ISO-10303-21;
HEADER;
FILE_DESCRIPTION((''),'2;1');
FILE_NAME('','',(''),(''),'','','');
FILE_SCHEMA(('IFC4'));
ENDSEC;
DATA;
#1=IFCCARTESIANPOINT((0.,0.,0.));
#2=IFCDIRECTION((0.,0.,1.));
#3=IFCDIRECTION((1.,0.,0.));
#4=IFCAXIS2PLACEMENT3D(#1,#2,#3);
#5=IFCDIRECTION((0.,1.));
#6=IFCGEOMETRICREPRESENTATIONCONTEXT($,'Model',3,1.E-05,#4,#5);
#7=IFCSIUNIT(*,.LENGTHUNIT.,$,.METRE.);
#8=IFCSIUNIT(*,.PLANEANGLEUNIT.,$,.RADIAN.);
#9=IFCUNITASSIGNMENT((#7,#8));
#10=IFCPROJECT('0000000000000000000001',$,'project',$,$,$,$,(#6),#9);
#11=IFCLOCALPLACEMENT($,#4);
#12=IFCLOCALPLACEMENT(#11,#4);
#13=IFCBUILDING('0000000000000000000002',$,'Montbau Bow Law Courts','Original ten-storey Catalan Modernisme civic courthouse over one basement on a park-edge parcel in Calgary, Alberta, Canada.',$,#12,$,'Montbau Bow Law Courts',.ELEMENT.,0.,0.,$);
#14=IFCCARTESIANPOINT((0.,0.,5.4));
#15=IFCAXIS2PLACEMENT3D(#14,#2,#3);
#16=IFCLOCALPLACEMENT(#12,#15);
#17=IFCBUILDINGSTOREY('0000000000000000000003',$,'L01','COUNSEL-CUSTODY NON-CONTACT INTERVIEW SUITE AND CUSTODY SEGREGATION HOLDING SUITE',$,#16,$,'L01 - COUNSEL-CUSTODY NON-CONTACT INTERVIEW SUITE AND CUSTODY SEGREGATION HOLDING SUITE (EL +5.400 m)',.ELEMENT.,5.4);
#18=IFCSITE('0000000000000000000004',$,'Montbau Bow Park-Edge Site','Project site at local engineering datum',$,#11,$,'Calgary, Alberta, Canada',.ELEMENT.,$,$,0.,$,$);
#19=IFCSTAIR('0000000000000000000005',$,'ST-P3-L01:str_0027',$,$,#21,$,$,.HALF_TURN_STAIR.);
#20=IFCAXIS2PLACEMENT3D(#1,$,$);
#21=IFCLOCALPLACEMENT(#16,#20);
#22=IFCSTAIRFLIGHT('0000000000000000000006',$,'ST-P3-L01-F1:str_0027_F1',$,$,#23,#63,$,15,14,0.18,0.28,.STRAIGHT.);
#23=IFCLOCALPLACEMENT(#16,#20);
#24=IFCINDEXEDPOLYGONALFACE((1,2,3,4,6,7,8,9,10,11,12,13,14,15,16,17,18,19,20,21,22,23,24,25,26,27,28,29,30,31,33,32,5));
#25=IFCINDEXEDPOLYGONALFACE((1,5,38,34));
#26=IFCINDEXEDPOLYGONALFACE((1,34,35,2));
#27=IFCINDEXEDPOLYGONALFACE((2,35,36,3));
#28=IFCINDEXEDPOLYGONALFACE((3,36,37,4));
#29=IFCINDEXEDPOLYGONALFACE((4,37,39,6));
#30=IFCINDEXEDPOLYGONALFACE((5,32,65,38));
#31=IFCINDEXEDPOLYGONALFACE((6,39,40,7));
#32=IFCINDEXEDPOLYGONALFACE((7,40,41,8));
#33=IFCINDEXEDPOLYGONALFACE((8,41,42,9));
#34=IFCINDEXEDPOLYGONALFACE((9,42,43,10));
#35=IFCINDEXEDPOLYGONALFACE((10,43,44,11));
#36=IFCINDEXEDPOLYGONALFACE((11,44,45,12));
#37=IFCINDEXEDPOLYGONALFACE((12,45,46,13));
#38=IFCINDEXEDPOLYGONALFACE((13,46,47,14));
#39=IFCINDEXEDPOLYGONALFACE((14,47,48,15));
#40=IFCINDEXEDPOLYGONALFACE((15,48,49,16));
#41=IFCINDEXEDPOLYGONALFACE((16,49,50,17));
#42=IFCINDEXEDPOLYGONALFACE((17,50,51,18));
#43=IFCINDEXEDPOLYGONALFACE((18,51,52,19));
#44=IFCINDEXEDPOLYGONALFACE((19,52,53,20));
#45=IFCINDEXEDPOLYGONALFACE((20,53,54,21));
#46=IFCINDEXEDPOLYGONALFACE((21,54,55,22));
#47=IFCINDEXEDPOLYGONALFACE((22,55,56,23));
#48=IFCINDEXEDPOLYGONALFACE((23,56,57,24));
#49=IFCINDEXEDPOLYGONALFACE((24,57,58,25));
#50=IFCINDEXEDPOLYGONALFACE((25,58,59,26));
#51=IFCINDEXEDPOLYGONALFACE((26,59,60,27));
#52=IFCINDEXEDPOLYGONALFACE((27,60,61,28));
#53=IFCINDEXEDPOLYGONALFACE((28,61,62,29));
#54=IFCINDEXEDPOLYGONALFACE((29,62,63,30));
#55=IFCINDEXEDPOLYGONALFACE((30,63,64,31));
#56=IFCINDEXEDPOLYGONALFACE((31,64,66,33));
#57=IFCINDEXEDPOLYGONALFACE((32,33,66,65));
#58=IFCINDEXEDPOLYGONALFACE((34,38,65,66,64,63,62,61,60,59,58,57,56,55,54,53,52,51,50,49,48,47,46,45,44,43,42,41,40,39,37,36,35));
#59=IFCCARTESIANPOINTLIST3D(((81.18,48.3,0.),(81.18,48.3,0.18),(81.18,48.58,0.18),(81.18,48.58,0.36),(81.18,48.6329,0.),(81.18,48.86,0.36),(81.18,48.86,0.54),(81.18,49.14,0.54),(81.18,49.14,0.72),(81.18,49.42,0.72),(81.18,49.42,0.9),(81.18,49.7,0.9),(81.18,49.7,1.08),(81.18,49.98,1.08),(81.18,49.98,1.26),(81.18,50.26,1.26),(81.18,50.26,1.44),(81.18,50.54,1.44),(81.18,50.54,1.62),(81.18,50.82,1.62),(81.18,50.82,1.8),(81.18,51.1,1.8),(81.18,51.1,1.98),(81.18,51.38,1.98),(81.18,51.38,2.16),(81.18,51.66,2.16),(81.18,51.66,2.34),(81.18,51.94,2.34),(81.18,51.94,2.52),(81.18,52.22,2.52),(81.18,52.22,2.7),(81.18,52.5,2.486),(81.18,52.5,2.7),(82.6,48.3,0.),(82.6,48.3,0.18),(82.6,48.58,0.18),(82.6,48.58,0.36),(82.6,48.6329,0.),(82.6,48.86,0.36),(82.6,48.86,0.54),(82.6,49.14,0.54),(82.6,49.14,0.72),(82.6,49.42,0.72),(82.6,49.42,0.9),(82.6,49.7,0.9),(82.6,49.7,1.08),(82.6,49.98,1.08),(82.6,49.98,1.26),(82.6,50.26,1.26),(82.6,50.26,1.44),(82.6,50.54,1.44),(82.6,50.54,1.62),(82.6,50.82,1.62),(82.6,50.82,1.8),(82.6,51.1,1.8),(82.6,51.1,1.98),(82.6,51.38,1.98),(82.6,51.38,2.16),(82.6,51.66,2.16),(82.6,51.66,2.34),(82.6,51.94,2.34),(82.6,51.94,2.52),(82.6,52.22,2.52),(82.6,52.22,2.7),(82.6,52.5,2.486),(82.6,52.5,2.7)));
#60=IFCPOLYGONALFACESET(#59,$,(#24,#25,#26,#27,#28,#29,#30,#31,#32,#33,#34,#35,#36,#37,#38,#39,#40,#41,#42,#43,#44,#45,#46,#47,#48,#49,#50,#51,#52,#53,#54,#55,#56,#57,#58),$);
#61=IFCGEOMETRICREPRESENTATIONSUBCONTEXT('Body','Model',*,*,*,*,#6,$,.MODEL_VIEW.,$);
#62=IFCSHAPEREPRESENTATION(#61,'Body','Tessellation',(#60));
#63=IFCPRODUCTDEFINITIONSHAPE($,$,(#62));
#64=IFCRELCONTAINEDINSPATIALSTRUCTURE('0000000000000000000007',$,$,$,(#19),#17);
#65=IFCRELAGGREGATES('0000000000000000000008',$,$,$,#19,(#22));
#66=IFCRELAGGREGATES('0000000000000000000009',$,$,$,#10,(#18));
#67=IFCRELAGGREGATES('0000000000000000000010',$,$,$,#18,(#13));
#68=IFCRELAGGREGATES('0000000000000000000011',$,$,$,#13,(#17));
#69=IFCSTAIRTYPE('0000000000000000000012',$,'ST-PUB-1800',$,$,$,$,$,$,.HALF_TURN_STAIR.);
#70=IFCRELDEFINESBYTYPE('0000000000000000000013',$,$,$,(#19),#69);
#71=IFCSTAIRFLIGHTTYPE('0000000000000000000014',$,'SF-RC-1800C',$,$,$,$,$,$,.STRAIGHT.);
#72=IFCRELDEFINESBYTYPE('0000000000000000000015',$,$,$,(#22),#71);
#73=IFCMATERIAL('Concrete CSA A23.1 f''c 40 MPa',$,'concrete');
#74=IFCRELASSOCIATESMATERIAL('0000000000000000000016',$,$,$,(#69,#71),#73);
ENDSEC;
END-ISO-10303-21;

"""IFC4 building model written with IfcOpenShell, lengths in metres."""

from ifc_helpers import new_model, si_unit, direction, frame, origin_with_axes, place, context, subcontext, project, spatial, polyline, outline, extrude, material, type_object, element, aggregate, save


model = new_model("IFC4")

# Units and contexts
model_context = context("Model", 3, precision=1e-05, world=origin_with_axes(), true_north=direction((0.0, 1.0)))
body_context = subcontext(model_context, "Body", "Model", "MODEL_VIEW")
ifc_project = project(units=[si_unit("LENGTHUNIT", "METRE"), si_unit("PLANEANGLEUNIT", "RADIAN")], contexts=[model_context])

# Site, building, storey
site_placement = place(None, origin_with_axes())
site = spatial("IfcSite", under=ifc_project, at=site_placement, Name="Montbau Bow Park-Edge Site", Description="Project site at local engineering datum", LongName="Calgary, Alberta, Canada", CompositionType="ELEMENT", RefElevation=0.0)
building_placement = place(site_placement, origin_with_axes())
building = spatial("IfcBuilding", under=site, at=building_placement, Name="Montbau Bow Law Courts", Description="Original ten-storey Catalan Modernisme civic courthouse over one basement on a park-edge parcel in Calgary, Alberta, Canada.", LongName="Montbau Bow Law Courts", CompositionType="ELEMENT", ElevationOfRefHeight=0.0, ElevationOfTerrain=0.0)
storey_placement = place(building_placement, frame((0.0, 0.0, 5.4), z_axis=(0.0, 0.0, 1.0), x_axis=(1.0, 0.0, 0.0)))
storey = spatial("IfcBuildingStorey", under=building, at=storey_placement, Name="L01", Description="COUNSEL-CUSTODY NON-CONTACT INTERVIEW SUITE AND CUSTODY SEGREGATION HOLDING SUITE", LongName="L01 - COUNSEL-CUSTODY NON-CONTACT INTERVIEW SUITE AND CUSTODY SEGREGATION HOLDING SUITE (EL +5.400 m)", CompositionType="ELEMENT", Elevation=5.4)

# Stair, stair flight
ifc_material_1 = material(Name="Concrete CSA A23.1 f'c 40 MPa", Category="concrete")
stair_type = type_object("IfcStairType", Name="ST-PUB-1800", PredefinedType="HALF_TURN_STAIR", material=ifc_material_1)
stair_placement = place(None, frame((81.89, 48.3, 5.4), z_axis=(0.0, 0.0, 1.0), x_axis=(1.0, 0.0, 0.0)))
stair = element("IfcStair", 1, at=stair_placement, inside=storey, type_object=stair_type, Name="ST-P3-L01:str_0027", PredefinedType="HALF_TURN_STAIR")
stair_flight_type = type_object("IfcStairFlightType", Name="SF-RC-1800C", PredefinedType="STRAIGHT", material=ifc_material_1)
stair_flight_placement = place(None, frame((81.89, 48.3, 5.4), z_axis=(0.0, 0.0, 1.0), x_axis=(0.0, 1.0, 0.0)))
stair_flight = element("IfcStairFlight", 2, at=stair_flight_placement, type_object=stair_flight_type, Name="ST-P3-L01-F1:str_0027_F1", NumberOfRisers=15, NumberOfTreads=14, PredefinedType="STRAIGHT", RiserHeight=0.18, TreadLength=0.28, context=body_context, shape_type="SweptSolid", body=[
    extrude(outline(polyline([(0.0, 0.0), (0.0, 0.18), (0.28, 0.18), (0.28, 0.36), (0.56, 0.36), (0.56, 0.54), (0.84, 0.54), (0.84, 0.72), (1.12, 0.72), (1.12, 0.9), (1.4, 0.9), (1.4, 1.08), (1.68, 1.08), (1.68, 1.26), (1.96, 1.26), (1.96, 1.44), (2.24, 1.44), (2.24, 1.62), (2.52, 1.62), (2.52, 1.8), (2.8, 1.8), (2.8, 1.98), (3.08, 1.98), (3.08, 2.16), (3.36, 2.16), (3.36, 2.34), (3.64, 2.34), (3.64, 2.52), (3.92, 2.52), (3.92, 2.7), (4.2, 2.7), (4.2, 2.486), (0.3329, 0.0), (0.0, 0.0)])), frame((0.0, 0.71, 0.0), z_axis=(0.0, -1.0, 0.0), x_axis=(1.0, 0.0, 0.0)), (0.0, 0.0, 1.0), 1.42),
])
aggregate(stair, [stair_flight])

save(model, "model.ifc")
